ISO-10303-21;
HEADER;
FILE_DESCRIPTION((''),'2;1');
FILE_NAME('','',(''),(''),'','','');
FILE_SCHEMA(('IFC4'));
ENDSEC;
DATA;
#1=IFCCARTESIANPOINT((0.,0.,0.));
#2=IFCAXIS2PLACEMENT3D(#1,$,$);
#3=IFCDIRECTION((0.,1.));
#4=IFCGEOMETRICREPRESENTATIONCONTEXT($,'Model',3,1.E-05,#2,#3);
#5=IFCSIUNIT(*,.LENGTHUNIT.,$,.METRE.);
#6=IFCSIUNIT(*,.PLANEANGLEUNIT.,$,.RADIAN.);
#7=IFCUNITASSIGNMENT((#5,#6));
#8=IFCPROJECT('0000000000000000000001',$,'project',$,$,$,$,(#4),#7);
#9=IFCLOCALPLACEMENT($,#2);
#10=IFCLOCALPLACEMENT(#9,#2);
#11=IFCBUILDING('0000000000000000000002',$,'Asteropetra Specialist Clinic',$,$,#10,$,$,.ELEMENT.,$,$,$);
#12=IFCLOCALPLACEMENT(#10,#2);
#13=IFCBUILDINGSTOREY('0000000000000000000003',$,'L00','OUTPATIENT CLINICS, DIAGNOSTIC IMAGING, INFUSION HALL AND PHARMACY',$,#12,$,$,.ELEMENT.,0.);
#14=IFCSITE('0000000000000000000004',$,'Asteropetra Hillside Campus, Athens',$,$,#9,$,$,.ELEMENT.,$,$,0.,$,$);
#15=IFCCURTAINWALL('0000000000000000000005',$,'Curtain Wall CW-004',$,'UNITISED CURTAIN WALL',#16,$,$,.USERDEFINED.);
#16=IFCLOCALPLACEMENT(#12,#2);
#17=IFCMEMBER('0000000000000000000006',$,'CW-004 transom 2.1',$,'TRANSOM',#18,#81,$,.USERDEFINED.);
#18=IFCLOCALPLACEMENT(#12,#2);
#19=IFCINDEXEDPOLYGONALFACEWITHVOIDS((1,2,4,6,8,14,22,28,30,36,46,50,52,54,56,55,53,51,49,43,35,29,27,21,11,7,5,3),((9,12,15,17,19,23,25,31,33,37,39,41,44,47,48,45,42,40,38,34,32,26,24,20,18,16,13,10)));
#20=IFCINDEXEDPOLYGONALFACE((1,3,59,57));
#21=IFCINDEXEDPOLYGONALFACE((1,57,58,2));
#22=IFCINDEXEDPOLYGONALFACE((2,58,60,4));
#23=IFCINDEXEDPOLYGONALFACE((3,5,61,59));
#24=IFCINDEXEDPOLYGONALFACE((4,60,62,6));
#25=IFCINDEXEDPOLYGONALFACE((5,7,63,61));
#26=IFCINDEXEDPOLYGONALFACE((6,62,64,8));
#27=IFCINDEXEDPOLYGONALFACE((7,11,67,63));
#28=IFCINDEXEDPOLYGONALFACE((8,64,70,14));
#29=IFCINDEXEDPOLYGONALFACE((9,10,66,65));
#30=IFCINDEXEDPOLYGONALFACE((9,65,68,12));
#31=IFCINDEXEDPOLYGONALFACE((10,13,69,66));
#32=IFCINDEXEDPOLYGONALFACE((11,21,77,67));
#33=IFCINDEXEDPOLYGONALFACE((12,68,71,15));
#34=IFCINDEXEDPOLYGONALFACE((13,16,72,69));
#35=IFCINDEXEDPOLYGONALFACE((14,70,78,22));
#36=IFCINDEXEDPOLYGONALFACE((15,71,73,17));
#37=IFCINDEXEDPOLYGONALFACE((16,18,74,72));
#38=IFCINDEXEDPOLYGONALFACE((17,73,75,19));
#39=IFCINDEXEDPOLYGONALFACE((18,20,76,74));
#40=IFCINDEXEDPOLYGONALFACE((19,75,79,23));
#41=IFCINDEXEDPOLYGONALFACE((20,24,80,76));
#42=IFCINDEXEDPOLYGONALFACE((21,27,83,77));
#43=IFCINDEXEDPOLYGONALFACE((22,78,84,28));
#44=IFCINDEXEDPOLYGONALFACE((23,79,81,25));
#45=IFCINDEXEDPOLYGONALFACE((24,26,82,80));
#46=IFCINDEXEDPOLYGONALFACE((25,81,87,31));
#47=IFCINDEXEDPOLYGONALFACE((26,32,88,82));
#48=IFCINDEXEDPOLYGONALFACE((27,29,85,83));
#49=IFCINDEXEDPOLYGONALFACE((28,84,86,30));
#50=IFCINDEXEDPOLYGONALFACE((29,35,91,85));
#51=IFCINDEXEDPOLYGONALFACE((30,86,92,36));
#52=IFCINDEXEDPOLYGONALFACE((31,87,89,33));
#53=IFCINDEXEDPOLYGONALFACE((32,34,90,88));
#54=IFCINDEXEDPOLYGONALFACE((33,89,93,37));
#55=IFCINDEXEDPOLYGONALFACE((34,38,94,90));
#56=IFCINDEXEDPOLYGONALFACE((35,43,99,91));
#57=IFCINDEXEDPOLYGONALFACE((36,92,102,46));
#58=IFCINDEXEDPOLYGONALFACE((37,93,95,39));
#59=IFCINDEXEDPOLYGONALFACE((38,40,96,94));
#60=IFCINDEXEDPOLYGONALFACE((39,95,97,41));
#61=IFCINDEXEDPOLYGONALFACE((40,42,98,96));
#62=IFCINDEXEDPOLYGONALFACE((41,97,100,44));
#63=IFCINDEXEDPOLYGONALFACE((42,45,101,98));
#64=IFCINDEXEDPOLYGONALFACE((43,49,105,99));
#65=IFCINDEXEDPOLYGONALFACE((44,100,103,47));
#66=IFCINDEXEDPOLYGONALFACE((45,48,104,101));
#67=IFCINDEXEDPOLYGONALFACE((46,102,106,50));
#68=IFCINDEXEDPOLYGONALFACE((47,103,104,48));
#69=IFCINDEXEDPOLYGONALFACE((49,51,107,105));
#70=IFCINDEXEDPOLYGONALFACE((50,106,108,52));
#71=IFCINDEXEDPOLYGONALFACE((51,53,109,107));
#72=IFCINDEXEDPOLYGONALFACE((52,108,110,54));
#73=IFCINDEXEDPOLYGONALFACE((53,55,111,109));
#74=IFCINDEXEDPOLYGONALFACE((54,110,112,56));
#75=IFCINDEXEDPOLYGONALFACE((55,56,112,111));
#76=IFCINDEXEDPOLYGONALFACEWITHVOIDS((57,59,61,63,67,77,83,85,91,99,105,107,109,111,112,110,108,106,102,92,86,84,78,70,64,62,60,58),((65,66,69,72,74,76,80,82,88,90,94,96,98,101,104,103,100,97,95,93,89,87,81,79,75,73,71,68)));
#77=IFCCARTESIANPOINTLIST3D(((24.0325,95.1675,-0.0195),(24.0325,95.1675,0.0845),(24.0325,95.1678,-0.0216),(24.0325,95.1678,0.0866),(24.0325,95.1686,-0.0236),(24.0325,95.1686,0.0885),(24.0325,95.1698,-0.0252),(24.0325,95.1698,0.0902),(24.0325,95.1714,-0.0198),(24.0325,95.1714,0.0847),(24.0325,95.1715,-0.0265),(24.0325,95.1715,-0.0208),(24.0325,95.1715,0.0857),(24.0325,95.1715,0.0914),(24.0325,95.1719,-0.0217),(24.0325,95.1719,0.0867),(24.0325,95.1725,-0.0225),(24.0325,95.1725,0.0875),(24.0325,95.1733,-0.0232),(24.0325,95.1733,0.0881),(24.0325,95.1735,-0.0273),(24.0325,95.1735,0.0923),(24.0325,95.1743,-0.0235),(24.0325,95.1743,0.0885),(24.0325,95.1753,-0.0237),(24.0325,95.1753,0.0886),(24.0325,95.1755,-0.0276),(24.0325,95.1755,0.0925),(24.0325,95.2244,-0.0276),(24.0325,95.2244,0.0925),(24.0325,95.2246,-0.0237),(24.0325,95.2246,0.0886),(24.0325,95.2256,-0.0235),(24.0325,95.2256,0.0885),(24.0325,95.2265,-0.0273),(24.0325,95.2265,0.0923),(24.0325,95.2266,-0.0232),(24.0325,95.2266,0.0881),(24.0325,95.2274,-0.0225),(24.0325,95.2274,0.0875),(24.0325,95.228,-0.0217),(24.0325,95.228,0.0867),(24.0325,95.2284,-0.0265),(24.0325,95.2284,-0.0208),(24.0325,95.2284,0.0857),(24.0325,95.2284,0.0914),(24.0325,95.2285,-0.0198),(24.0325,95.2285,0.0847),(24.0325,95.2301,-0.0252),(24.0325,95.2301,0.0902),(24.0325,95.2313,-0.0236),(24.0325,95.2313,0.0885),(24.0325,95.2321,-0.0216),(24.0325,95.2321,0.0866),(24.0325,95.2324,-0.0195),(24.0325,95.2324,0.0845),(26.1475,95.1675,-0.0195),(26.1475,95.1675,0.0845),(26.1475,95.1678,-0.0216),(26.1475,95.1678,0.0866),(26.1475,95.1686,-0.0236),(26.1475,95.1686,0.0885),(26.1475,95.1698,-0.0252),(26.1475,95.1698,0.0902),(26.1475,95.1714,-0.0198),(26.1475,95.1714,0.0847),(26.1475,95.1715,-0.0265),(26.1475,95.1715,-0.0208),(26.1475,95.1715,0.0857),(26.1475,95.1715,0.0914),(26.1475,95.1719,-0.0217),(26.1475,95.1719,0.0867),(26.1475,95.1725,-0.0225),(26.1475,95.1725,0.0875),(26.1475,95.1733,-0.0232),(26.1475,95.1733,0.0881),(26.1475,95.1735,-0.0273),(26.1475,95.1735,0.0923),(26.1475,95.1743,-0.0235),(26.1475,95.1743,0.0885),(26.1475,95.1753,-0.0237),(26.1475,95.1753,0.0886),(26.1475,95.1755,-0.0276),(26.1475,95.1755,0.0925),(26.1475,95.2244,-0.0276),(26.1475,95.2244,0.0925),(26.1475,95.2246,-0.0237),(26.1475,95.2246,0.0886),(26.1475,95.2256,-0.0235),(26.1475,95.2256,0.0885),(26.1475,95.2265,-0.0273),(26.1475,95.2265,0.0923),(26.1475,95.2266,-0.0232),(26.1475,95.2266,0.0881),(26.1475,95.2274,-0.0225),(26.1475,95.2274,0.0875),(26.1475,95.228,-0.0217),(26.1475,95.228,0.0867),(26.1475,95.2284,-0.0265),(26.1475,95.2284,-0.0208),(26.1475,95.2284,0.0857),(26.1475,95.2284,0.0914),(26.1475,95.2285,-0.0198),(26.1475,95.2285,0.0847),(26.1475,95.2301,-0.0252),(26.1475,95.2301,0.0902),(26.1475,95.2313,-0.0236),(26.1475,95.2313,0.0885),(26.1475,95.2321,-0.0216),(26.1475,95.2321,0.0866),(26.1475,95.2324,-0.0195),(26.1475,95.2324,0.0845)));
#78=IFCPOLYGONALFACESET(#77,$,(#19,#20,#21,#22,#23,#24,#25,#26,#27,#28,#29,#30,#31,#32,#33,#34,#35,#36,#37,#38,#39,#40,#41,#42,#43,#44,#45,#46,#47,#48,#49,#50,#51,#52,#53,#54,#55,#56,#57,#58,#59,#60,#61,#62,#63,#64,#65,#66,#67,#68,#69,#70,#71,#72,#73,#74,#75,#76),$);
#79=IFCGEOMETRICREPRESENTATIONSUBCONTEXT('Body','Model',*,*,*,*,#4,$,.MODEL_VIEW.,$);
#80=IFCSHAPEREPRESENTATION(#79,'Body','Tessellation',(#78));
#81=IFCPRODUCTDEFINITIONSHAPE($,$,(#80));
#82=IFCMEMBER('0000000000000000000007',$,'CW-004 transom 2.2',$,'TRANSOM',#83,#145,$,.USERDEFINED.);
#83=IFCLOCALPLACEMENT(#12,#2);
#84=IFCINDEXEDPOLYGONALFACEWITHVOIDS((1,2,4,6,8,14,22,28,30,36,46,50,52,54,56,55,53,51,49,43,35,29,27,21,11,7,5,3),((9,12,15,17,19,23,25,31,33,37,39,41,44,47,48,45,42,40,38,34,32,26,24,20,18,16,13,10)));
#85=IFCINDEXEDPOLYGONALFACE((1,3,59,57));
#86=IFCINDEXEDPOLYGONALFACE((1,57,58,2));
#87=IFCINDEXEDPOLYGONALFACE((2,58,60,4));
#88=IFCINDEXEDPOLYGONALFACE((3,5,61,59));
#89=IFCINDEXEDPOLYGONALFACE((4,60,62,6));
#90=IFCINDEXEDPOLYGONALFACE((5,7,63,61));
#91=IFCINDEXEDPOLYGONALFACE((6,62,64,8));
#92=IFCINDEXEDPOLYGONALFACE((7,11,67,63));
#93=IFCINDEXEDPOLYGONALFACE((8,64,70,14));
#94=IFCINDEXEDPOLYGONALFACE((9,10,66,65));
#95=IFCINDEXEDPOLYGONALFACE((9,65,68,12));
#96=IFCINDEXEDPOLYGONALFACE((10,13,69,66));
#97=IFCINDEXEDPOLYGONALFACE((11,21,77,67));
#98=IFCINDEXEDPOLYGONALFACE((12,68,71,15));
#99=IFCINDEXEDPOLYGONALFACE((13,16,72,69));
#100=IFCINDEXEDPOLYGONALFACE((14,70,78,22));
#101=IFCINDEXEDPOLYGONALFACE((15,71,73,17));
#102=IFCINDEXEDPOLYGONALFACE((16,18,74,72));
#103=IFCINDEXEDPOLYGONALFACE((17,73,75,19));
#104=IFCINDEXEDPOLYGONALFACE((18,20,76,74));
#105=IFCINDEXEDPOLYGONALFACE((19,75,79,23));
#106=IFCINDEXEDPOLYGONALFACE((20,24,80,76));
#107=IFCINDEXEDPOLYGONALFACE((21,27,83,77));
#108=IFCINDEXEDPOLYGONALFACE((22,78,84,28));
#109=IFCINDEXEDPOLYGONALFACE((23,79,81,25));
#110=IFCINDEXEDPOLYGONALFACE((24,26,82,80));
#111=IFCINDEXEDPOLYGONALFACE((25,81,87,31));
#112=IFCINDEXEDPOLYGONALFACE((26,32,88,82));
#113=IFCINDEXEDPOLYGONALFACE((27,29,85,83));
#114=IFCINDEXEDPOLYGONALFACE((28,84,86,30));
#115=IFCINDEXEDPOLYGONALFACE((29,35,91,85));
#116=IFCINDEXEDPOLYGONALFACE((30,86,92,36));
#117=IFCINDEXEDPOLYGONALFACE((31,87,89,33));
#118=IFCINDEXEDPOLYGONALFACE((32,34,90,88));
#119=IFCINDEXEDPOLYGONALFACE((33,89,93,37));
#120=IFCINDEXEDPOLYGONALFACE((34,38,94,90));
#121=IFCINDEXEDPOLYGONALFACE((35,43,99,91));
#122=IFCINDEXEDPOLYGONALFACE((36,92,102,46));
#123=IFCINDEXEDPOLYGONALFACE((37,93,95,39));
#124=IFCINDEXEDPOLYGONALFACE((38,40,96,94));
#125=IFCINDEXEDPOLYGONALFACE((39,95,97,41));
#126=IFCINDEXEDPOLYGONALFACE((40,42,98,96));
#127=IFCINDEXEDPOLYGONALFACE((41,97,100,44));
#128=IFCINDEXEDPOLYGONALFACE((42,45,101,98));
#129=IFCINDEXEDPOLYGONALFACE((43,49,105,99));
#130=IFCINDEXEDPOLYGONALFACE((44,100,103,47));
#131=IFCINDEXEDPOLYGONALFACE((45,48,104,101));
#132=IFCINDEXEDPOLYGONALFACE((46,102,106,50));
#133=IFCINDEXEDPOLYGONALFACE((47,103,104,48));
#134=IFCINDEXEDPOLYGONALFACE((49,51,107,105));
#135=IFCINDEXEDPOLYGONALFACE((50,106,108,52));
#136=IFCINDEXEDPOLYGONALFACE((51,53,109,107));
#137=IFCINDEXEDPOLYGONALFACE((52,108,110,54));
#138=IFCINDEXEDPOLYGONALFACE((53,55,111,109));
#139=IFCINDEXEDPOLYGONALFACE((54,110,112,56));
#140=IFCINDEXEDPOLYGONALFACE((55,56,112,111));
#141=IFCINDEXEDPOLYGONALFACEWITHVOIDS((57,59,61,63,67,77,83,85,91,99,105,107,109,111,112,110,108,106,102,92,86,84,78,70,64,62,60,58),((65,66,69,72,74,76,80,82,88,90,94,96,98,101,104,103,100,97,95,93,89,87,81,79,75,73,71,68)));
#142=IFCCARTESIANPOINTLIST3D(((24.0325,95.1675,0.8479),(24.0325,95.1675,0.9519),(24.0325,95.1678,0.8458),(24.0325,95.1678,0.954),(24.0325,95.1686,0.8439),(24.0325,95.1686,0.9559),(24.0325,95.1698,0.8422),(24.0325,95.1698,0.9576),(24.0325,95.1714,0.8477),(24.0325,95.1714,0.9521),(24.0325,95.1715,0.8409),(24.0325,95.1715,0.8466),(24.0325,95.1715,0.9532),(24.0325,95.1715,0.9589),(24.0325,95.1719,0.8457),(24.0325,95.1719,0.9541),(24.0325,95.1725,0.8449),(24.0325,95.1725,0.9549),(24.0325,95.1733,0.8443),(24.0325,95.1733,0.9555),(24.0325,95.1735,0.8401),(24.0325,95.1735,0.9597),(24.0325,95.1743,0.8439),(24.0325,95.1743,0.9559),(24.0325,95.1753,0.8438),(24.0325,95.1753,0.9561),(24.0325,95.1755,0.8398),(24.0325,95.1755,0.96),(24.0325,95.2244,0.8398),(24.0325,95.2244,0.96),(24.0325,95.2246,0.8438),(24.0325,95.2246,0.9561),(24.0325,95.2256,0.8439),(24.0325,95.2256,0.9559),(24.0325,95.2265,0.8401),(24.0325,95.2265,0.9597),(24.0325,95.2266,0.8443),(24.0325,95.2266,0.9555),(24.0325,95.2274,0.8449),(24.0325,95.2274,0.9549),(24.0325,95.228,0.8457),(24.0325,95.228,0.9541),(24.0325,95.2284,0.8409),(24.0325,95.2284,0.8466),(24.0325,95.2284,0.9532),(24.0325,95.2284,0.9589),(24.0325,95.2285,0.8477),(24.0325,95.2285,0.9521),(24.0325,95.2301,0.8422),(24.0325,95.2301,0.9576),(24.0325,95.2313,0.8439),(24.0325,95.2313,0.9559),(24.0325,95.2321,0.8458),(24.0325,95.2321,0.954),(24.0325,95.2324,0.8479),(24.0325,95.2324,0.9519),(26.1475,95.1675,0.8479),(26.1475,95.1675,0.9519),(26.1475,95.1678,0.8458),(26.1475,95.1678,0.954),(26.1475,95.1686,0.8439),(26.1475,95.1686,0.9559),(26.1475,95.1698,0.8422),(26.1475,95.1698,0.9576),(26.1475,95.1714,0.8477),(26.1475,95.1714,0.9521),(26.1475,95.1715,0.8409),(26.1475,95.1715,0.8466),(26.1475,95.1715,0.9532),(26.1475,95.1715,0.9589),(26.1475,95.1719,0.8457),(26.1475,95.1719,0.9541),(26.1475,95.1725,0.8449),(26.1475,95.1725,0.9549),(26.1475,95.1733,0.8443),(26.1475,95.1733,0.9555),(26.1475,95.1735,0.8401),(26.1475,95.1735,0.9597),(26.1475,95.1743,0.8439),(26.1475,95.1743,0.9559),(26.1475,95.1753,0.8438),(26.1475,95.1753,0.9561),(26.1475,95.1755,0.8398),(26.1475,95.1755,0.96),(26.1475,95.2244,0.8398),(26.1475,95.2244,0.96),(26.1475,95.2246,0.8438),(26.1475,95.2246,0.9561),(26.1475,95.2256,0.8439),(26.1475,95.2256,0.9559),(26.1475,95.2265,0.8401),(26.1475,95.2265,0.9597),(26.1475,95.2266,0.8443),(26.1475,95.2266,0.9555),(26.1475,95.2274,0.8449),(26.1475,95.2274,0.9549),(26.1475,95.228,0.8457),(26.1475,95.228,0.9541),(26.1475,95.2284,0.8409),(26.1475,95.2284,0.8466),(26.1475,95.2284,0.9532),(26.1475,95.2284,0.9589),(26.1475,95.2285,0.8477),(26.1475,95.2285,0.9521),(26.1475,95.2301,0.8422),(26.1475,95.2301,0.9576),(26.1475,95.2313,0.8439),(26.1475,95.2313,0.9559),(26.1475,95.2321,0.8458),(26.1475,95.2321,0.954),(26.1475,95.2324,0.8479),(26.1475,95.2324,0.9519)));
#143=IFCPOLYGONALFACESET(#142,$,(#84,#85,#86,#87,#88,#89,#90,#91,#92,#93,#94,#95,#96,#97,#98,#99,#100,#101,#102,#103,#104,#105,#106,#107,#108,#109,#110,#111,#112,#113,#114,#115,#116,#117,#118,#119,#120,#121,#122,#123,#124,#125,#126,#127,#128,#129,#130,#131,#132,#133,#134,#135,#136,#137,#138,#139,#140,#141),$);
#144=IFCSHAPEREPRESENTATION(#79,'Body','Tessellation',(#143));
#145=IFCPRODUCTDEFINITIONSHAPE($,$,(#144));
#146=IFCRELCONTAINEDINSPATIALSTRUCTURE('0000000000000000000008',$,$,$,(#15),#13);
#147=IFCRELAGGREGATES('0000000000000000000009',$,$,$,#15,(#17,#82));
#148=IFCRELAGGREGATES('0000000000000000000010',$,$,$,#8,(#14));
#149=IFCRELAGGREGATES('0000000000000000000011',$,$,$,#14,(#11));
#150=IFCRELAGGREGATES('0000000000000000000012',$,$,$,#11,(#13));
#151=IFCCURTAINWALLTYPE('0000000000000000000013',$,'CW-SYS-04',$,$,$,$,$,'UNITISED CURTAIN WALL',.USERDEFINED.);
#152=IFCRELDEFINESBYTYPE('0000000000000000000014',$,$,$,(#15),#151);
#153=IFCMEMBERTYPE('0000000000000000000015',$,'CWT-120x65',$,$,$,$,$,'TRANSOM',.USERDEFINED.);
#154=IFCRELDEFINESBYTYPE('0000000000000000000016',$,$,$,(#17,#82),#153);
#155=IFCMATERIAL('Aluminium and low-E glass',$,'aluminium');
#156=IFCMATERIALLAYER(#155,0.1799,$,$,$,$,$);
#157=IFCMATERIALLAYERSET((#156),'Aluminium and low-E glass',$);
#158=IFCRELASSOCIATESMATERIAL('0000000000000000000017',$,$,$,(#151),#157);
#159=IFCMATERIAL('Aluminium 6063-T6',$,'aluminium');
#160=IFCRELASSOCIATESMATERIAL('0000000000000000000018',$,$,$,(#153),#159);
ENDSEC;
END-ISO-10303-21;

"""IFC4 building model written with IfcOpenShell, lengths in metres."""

from ifc_helpers import new_model, si_unit, direction, frame, origin, origin_2d, place, context, subcontext, project, spatial, hollow_rectangle, extrude, material, layer, layer_set, material_profile, profile_set, type_object, element, aggregate, save


model = new_model("IFC4")

# Units and contexts
model_context = context("Model", 3, precision=1e-05, world=origin(), true_north=direction((0.0, 1.0)))
body_context = subcontext(model_context, "Body", "Model", "MODEL_VIEW")
ifc_project = project(units=[si_unit("LENGTHUNIT", "METRE"), si_unit("PLANEANGLEUNIT", "RADIAN")], contexts=[model_context])

# Site, building, storey
site_placement = place(None, origin())
site = spatial("IfcSite", under=ifc_project, at=site_placement, Name="Asteropetra Hillside Campus, Athens", CompositionType="ELEMENT", RefElevation=0.0)
building_placement = place(site_placement, origin())
building = spatial("IfcBuilding", under=site, at=building_placement, Name="Asteropetra Specialist Clinic", CompositionType="ELEMENT")
storey_placement = place(building_placement, origin())
storey = spatial("IfcBuildingStorey", under=building, at=storey_placement, Name="L00", Description="OUTPATIENT CLINICS, DIAGNOSTIC IMAGING, INFUSION HALL AND PHARMACY", CompositionType="ELEMENT", Elevation=0.0)

# Curtain wall
ifc_material_1 = material(Name="Aluminium and low-E glass", Category="aluminium")
ifc_layer_1 = layer(ifc_material_1, 0.1799)
ifc_layer_set_1 = layer_set([ifc_layer_1], Name="Aluminium and low-E glass")
curtain_wall_type_1 = type_object("IfcCurtainWallType", Name="CW-SYS-04", ElementType="UNITISED CURTAIN WALL", PredefinedType="USERDEFINED", material=ifc_layer_set_1)
curtain_wall_1_placement = place(storey_placement, origin())
curtain_wall_1 = element("IfcCurtainWall", 1, at=curtain_wall_1_placement, inside=storey, type_object=curtain_wall_type_1, Name="Curtain Wall CW-004", ObjectType="UNITISED CURTAIN WALL", PredefinedType="USERDEFINED")

# Members
ifc_material_2 = material(Name="Aluminium 6063-T6", Category="aluminium")
ifc_material_profile_1 = material_profile(ifc_material_2, hollow_rectangle(XDim=0.0649, YDim=0.1201, WallThickness=0.0039, InnerFilletRadius=0.0039, OuterFilletRadius=0.0081, at=origin_2d()), Name="TRN 120x65x4.0")
ifc_profile_set_1 = profile_set([ifc_material_profile_1], Name="Aluminium 6063-T6")
member_type_1 = type_object("IfcMemberType", Name="CWT-120x65", ElementType="TRANSOM", PredefinedType="USERDEFINED", material=ifc_profile_set_1)
member_1_placement = place(storey_placement, frame((26.1475, 95.2, 0.0325), z_axis=(-1.0, 0.0, 0.0), x_axis=(0.0, -1.0, 0.0)))
member_1 = element("IfcMember", 2, at=member_1_placement, type_object=member_type_1, Name="CW-004 transom 2.1", ObjectType="TRANSOM", PredefinedType="USERDEFINED", context=body_context, shape_type="SweptSolid", body=[
    extrude(hollow_rectangle(XDim=0.0649, YDim=0.1201, WallThickness=0.0039, InnerFilletRadius=0.0039, OuterFilletRadius=0.0081, at=origin_2d()), origin(), (0.0, 0.0, 1.0), 2.115),
])
member_2_placement = place(storey_placement, frame((26.1475, 95.2, 0.8999), z_axis=(-1.0, 0.0, 0.0), x_axis=(0.0, -1.0, 0.0)))
member_2 = element("IfcMember", 3, at=member_2_placement, type_object=member_type_1, Name="CW-004 transom 2.2", ObjectType="TRANSOM", PredefinedType="USERDEFINED", context=body_context, shape_type="SweptSolid", body=[
    extrude(hollow_rectangle(XDim=0.0649, YDim=0.1201, WallThickness=0.0039, InnerFilletRadius=0.0039, OuterFilletRadius=0.0081, at=origin_2d()), origin(), (0.0, 0.0, 1.0), 2.115),
])

aggregate(curtain_wall_1, [member_1, member_2])

save(model, "model.ifc")
